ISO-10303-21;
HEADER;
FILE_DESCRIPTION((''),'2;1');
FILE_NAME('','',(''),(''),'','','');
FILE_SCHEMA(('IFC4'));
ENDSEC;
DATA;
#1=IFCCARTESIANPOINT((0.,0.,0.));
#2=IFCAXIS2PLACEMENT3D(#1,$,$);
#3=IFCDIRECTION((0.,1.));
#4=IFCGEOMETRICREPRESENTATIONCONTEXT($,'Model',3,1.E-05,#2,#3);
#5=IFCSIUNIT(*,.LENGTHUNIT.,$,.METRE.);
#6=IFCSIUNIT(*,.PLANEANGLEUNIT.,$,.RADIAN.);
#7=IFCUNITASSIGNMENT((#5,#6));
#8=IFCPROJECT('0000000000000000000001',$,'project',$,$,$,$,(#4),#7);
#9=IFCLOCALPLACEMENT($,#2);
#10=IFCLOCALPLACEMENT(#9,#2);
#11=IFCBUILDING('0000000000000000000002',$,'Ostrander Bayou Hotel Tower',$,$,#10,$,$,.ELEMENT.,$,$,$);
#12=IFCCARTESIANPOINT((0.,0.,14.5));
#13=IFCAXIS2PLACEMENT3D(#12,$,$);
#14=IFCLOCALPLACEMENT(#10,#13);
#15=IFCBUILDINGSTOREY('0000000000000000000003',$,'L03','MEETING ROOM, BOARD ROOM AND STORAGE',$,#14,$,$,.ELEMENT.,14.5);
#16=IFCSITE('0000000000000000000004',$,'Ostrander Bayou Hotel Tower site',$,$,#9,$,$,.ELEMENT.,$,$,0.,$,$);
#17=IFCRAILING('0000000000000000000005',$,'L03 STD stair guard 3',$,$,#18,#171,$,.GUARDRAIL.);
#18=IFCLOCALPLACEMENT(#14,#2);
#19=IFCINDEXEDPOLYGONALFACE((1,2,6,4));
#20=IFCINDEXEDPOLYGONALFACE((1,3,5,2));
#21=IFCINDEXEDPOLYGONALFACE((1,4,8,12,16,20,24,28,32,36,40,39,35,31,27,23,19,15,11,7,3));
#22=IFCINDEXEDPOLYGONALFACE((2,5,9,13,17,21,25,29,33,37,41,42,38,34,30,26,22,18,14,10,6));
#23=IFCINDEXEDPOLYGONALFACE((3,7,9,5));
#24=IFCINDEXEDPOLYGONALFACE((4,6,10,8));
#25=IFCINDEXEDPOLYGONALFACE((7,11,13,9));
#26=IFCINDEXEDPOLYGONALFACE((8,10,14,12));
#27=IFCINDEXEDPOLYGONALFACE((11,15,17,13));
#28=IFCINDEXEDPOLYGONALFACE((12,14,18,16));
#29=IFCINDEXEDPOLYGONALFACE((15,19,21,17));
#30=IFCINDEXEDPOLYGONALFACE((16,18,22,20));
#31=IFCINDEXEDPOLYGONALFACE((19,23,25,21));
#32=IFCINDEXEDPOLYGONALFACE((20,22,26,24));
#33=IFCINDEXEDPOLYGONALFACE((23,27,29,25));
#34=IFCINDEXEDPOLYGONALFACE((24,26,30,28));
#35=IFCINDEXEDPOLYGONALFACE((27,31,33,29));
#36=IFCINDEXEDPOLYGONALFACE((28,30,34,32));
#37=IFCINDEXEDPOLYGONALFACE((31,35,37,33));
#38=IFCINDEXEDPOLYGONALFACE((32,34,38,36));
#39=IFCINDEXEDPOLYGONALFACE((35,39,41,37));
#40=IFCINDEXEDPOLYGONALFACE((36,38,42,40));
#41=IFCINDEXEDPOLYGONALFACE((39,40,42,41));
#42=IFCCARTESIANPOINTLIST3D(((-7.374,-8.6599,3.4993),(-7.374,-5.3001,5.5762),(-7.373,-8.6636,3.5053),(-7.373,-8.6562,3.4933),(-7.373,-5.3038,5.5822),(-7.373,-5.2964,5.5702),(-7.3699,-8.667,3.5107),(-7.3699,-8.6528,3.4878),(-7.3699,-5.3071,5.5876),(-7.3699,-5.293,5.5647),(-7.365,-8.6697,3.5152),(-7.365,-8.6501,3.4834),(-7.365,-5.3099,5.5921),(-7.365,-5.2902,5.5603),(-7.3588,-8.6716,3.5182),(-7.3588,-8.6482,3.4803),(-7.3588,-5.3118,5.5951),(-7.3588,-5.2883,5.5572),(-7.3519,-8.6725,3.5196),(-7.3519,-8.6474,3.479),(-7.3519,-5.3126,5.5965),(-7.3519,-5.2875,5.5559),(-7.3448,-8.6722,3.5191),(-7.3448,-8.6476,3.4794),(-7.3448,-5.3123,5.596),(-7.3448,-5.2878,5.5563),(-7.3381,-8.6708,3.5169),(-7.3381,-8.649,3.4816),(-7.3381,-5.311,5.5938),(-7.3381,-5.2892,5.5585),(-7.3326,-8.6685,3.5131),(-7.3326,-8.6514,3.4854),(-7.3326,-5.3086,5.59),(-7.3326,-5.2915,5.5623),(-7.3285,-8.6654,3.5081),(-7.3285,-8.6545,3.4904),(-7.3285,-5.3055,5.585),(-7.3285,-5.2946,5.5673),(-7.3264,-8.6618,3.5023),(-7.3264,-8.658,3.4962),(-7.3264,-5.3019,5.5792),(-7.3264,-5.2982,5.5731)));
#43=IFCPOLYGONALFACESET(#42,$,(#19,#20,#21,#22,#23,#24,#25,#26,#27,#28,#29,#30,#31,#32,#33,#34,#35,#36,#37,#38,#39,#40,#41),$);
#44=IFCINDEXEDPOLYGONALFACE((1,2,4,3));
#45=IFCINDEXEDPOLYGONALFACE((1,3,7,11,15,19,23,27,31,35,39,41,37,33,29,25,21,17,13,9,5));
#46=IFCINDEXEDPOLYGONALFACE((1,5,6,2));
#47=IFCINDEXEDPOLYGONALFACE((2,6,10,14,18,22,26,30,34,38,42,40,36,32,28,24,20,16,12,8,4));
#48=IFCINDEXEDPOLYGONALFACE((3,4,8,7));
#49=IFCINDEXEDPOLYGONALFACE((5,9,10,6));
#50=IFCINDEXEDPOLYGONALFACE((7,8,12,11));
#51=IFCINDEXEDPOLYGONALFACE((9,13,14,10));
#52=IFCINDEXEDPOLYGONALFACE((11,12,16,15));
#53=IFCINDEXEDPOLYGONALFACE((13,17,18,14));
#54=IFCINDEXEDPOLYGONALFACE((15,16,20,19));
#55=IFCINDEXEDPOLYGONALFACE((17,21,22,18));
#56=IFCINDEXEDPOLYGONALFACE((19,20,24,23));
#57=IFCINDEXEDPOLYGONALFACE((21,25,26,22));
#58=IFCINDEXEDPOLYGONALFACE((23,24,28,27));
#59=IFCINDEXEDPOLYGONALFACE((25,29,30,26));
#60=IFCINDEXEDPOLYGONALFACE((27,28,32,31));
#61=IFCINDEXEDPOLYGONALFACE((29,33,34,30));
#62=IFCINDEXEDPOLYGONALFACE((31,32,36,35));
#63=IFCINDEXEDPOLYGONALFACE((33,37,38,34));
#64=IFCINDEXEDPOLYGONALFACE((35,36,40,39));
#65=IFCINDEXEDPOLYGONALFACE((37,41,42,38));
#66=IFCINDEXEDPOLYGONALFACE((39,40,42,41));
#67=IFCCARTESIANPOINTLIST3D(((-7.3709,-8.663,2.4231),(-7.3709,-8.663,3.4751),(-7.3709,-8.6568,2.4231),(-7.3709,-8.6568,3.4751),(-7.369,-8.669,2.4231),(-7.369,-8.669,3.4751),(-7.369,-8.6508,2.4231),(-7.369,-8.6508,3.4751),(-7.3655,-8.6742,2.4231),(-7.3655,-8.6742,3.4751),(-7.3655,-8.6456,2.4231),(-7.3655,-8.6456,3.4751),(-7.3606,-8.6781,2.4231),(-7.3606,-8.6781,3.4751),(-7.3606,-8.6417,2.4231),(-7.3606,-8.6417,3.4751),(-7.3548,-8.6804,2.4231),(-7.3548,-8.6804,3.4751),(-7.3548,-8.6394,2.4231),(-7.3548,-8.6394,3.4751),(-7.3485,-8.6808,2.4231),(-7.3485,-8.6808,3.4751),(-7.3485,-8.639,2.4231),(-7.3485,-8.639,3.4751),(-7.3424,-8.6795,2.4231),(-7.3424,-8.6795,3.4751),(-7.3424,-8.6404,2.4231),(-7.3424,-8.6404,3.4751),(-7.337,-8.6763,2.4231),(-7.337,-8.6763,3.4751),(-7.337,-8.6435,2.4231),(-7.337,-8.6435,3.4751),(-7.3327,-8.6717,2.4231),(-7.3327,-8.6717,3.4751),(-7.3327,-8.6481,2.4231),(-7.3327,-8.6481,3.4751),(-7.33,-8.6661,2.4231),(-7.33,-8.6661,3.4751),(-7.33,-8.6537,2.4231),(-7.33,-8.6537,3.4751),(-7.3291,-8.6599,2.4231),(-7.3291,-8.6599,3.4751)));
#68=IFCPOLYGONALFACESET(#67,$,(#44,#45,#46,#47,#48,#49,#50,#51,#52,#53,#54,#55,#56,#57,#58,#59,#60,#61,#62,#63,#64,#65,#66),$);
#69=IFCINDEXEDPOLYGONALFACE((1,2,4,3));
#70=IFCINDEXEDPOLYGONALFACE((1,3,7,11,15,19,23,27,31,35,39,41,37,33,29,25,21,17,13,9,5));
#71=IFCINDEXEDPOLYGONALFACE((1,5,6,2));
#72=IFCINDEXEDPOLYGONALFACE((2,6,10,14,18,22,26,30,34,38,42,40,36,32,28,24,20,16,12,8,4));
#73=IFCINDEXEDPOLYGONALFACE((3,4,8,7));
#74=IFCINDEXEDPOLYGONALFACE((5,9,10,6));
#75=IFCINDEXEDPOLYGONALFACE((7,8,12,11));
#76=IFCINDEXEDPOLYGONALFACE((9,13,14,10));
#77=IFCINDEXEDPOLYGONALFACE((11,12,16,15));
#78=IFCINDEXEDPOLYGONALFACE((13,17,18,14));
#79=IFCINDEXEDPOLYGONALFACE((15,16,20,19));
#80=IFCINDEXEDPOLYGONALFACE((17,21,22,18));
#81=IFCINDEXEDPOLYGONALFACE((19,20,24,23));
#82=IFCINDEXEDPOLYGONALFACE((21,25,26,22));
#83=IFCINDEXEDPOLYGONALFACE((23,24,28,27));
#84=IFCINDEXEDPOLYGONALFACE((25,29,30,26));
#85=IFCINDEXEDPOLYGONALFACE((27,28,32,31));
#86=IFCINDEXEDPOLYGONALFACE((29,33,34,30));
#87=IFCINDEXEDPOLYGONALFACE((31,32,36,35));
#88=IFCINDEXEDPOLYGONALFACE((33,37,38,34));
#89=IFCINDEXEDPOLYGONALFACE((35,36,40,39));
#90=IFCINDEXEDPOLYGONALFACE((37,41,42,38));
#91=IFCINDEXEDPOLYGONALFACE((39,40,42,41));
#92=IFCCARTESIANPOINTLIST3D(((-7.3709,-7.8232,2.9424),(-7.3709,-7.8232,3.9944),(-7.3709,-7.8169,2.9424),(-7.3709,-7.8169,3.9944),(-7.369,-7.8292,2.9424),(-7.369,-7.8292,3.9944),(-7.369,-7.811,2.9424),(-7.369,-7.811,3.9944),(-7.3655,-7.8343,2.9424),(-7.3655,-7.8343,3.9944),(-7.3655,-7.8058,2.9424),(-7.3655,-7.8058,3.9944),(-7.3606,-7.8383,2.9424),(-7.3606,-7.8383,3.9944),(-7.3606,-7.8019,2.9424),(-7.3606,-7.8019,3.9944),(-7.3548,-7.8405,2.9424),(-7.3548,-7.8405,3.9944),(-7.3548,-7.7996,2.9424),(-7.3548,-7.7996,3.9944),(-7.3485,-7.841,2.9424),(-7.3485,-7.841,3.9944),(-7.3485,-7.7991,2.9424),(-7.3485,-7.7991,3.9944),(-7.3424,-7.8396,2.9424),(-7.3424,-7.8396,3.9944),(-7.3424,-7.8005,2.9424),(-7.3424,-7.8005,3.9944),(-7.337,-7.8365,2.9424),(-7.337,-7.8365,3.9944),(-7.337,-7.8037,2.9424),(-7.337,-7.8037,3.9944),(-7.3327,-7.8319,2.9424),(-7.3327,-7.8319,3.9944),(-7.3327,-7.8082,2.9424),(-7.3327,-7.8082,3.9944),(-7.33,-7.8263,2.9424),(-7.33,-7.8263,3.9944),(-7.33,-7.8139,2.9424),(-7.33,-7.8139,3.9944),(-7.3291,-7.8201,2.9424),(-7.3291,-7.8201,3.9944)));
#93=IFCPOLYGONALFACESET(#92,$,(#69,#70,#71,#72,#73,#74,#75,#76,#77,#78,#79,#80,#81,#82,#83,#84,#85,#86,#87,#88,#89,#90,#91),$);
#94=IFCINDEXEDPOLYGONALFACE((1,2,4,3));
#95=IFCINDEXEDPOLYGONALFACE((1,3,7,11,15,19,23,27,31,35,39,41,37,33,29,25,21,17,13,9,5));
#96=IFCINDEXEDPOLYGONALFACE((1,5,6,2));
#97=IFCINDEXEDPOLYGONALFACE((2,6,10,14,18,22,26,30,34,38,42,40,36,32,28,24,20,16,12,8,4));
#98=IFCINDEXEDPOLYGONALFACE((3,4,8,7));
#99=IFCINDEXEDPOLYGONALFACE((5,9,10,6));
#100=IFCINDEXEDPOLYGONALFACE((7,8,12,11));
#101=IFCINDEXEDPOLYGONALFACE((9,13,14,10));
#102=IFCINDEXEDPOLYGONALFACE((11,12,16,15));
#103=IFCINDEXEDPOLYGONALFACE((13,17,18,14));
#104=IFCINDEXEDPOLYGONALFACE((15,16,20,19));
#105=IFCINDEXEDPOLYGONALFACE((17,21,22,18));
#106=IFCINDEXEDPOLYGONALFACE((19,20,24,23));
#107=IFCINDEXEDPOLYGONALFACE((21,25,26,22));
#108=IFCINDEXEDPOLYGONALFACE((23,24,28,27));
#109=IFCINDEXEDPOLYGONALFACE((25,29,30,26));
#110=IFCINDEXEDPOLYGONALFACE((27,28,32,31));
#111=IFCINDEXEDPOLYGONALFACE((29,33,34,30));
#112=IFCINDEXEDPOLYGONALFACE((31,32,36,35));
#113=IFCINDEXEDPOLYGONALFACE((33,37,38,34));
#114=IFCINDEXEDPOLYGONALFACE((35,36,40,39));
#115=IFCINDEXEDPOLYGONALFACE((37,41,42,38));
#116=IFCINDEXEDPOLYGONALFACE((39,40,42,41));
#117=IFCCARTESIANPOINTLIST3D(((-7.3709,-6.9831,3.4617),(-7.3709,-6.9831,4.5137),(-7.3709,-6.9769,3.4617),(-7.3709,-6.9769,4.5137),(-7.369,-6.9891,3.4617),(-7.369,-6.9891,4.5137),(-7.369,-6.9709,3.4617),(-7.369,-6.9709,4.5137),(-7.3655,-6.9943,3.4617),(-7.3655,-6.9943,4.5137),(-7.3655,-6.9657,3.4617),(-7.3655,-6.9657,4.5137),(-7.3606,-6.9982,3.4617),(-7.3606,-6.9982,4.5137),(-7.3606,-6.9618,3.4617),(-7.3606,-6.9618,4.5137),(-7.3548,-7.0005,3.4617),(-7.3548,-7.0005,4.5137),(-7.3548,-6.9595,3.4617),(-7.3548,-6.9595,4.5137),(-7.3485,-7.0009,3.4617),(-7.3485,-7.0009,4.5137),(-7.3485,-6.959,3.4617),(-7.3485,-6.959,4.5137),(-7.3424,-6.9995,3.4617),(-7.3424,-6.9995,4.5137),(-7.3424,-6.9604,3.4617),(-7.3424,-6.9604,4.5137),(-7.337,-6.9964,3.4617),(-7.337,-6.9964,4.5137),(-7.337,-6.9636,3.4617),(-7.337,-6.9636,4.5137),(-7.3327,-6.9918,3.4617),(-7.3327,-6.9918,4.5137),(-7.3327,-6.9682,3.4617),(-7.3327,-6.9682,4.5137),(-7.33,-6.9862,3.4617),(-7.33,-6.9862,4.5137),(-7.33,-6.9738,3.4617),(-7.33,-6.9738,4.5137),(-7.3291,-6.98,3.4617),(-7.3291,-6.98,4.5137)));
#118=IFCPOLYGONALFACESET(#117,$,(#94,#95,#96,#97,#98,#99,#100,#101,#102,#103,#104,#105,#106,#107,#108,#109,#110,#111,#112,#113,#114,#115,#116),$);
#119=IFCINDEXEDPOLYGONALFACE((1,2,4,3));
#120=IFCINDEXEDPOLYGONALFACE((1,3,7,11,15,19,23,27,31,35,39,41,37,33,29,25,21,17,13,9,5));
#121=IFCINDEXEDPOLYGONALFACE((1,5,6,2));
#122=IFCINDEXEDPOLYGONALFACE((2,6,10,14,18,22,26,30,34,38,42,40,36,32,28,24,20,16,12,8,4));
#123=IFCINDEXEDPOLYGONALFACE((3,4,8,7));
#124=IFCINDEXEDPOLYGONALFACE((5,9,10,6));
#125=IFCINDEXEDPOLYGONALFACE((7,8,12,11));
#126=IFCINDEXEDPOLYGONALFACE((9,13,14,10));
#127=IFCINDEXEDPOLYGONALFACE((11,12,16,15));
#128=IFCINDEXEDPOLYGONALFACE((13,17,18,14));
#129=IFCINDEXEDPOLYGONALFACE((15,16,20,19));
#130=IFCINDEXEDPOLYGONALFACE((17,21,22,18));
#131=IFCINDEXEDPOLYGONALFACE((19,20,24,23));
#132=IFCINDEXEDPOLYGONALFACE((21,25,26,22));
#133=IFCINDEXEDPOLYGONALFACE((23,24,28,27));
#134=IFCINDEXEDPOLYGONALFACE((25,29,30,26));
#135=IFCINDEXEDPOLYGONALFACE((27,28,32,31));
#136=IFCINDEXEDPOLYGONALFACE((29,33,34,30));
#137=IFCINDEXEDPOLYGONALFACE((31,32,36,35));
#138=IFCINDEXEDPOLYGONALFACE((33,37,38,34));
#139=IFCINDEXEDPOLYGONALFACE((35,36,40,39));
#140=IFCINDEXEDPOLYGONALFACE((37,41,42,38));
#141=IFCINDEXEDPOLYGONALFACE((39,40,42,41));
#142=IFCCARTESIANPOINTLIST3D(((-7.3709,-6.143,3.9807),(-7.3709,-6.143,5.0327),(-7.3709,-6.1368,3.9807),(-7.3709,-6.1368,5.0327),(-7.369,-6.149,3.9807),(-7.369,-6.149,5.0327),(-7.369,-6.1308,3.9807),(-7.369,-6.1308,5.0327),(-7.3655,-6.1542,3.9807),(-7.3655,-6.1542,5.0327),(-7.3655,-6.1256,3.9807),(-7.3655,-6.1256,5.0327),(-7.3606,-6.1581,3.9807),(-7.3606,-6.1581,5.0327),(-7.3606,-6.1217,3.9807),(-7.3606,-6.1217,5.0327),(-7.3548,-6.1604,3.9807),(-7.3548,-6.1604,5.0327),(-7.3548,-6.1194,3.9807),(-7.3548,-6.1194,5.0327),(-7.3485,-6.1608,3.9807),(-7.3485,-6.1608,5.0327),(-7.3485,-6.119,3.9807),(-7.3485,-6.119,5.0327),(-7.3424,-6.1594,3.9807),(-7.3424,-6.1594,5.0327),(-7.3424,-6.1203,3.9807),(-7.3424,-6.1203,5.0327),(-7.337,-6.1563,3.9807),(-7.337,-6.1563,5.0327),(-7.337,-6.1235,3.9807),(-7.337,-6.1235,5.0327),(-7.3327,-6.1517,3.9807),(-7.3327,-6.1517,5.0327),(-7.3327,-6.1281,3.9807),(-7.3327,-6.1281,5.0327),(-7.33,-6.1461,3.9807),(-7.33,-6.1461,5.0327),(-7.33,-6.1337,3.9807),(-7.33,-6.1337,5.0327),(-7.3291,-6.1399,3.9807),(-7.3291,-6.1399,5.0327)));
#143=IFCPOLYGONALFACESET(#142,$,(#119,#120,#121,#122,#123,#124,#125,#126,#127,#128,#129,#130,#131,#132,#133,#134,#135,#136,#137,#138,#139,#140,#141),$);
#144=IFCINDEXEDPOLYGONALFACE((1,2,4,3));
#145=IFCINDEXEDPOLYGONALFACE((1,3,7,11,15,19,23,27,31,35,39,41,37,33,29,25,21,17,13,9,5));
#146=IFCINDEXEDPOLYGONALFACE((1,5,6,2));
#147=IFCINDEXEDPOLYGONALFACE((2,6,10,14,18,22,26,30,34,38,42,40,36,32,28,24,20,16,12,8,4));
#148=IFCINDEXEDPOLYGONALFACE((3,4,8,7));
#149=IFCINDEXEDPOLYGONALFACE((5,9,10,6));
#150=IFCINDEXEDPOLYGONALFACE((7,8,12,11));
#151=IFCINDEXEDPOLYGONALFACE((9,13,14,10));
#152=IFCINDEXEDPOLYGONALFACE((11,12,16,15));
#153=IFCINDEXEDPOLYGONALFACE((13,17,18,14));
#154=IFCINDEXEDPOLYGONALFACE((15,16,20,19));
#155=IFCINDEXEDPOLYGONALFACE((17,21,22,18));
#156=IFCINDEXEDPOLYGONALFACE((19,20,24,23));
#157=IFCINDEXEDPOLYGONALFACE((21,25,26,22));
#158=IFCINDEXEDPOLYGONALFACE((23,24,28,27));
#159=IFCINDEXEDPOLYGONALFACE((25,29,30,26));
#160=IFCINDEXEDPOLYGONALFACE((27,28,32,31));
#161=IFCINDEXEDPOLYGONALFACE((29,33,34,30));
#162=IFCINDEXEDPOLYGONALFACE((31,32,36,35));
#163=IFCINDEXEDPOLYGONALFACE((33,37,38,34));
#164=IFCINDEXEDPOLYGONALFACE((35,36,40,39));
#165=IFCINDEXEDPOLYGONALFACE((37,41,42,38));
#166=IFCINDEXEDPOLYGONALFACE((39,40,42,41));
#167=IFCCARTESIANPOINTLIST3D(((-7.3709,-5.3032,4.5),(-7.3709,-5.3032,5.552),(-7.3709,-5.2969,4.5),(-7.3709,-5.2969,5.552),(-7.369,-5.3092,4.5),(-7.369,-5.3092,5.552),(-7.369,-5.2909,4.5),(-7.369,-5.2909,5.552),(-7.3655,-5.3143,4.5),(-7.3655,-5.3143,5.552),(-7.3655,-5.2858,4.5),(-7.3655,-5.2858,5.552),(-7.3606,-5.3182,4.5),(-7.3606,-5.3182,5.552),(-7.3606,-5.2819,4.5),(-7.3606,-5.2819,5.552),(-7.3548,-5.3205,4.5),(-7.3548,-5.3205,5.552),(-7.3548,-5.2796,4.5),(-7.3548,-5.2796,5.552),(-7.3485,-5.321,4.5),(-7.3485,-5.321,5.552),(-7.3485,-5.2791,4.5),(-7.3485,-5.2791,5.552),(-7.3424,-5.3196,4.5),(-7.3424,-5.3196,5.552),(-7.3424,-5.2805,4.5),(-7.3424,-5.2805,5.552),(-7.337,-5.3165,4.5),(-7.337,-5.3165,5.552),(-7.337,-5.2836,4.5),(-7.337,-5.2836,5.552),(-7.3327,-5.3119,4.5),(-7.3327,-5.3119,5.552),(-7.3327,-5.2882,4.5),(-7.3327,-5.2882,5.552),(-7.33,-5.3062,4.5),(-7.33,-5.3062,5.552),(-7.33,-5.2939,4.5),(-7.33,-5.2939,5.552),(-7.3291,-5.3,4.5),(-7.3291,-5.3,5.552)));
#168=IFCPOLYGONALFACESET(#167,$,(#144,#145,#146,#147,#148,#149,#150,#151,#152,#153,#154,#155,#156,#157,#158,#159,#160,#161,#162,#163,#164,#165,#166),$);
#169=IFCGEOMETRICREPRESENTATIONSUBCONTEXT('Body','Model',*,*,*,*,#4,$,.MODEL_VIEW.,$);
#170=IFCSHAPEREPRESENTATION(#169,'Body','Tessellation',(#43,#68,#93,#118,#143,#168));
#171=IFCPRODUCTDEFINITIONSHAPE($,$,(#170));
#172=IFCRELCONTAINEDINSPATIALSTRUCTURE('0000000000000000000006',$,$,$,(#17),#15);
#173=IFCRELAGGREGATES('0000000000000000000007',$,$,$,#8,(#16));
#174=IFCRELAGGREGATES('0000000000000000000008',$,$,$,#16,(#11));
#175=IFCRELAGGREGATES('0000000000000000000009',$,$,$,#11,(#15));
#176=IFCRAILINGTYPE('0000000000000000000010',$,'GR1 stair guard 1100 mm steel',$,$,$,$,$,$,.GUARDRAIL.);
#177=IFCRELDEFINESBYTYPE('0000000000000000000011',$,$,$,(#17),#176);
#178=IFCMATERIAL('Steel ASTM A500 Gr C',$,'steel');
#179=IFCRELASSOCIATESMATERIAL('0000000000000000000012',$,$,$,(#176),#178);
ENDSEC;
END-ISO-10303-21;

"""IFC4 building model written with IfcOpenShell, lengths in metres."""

from ifc_helpers import new_model, si_unit, direction, frame, origin, origin_2d, place, context, subcontext, project, spatial, circle, extrude, material, type_object, element, save


model = new_model("IFC4")

# Units and contexts
model_context = context("Model", 3, precision=1e-05, world=origin(), true_north=direction((0.0, 1.0)))
body_context = subcontext(model_context, "Body", "Model", "MODEL_VIEW")
ifc_project = project(units=[si_unit("LENGTHUNIT", "METRE"), si_unit("PLANEANGLEUNIT", "RADIAN")], contexts=[model_context])

# Site, building, storey
site_placement = place(None, origin())
site = spatial("IfcSite", under=ifc_project, at=site_placement, Name="Ostrander Bayou Hotel Tower site", CompositionType="ELEMENT", RefElevation=0.0)
building_placement = place(site_placement, origin())
building = spatial("IfcBuilding", under=site, at=building_placement, Name="Ostrander Bayou Hotel Tower", CompositionType="ELEMENT")
storey_placement = place(building_placement, frame((0.0, 0.0, 14.5)))
storey = spatial("IfcBuildingStorey", under=building, at=storey_placement, Name="L03", Description="MEETING ROOM, BOARD ROOM AND STORAGE", CompositionType="ELEMENT", Elevation=14.5)

# Railing
ifc_material_1 = material(Name="Steel ASTM A500 Gr C", Category="steel")
railing_type_1 = type_object("IfcRailingType", Name="GR1 stair guard 1100 mm steel", PredefinedType="GUARDRAIL", material=ifc_material_1)
railing_1_placement = place(storey_placement, frame((-7.3501, -8.6599, 2.4231)))
element("IfcRailing", 1, at=railing_1_placement, inside=storey, type_object=railing_type_1, Name="L03 STD stair guard 3", PredefinedType="GUARDRAIL", context=body_context, shape_type="SweptSolid", body=[
    extrude(circle(Radius=0.0239, at=origin_2d()), frame((0.0, 0.0, 1.0762), z_axis=(0.0, 0.850606, 0.525803), x_axis=(-1.0, 0.0, 0.0)), (0.0, 0.0, 1.0), 3.95),
    extrude(circle(Radius=0.021, at=origin_2d()), origin(), (0.0, 0.0, 1.0), 1.052),
    extrude(circle(Radius=0.021, at=origin_2d()), frame((0.0, 0.8398, 0.5193)), (0.0, 0.0, 1.0), 1.052),
    extrude(circle(Radius=0.021, at=origin_2d()), frame((0.0, 1.6799, 1.0386)), (0.0, 0.0, 1.0), 1.052),
    extrude(circle(Radius=0.021, at=origin_2d()), frame((0.0, 2.52, 1.5576)), (0.0, 0.0, 1.0), 1.052),
    extrude(circle(Radius=0.021, at=origin_2d()), frame((0.0, 3.3599, 2.0769)), (0.0, 0.0, 1.0), 1.052),
])

save(model, "model.ifc")
